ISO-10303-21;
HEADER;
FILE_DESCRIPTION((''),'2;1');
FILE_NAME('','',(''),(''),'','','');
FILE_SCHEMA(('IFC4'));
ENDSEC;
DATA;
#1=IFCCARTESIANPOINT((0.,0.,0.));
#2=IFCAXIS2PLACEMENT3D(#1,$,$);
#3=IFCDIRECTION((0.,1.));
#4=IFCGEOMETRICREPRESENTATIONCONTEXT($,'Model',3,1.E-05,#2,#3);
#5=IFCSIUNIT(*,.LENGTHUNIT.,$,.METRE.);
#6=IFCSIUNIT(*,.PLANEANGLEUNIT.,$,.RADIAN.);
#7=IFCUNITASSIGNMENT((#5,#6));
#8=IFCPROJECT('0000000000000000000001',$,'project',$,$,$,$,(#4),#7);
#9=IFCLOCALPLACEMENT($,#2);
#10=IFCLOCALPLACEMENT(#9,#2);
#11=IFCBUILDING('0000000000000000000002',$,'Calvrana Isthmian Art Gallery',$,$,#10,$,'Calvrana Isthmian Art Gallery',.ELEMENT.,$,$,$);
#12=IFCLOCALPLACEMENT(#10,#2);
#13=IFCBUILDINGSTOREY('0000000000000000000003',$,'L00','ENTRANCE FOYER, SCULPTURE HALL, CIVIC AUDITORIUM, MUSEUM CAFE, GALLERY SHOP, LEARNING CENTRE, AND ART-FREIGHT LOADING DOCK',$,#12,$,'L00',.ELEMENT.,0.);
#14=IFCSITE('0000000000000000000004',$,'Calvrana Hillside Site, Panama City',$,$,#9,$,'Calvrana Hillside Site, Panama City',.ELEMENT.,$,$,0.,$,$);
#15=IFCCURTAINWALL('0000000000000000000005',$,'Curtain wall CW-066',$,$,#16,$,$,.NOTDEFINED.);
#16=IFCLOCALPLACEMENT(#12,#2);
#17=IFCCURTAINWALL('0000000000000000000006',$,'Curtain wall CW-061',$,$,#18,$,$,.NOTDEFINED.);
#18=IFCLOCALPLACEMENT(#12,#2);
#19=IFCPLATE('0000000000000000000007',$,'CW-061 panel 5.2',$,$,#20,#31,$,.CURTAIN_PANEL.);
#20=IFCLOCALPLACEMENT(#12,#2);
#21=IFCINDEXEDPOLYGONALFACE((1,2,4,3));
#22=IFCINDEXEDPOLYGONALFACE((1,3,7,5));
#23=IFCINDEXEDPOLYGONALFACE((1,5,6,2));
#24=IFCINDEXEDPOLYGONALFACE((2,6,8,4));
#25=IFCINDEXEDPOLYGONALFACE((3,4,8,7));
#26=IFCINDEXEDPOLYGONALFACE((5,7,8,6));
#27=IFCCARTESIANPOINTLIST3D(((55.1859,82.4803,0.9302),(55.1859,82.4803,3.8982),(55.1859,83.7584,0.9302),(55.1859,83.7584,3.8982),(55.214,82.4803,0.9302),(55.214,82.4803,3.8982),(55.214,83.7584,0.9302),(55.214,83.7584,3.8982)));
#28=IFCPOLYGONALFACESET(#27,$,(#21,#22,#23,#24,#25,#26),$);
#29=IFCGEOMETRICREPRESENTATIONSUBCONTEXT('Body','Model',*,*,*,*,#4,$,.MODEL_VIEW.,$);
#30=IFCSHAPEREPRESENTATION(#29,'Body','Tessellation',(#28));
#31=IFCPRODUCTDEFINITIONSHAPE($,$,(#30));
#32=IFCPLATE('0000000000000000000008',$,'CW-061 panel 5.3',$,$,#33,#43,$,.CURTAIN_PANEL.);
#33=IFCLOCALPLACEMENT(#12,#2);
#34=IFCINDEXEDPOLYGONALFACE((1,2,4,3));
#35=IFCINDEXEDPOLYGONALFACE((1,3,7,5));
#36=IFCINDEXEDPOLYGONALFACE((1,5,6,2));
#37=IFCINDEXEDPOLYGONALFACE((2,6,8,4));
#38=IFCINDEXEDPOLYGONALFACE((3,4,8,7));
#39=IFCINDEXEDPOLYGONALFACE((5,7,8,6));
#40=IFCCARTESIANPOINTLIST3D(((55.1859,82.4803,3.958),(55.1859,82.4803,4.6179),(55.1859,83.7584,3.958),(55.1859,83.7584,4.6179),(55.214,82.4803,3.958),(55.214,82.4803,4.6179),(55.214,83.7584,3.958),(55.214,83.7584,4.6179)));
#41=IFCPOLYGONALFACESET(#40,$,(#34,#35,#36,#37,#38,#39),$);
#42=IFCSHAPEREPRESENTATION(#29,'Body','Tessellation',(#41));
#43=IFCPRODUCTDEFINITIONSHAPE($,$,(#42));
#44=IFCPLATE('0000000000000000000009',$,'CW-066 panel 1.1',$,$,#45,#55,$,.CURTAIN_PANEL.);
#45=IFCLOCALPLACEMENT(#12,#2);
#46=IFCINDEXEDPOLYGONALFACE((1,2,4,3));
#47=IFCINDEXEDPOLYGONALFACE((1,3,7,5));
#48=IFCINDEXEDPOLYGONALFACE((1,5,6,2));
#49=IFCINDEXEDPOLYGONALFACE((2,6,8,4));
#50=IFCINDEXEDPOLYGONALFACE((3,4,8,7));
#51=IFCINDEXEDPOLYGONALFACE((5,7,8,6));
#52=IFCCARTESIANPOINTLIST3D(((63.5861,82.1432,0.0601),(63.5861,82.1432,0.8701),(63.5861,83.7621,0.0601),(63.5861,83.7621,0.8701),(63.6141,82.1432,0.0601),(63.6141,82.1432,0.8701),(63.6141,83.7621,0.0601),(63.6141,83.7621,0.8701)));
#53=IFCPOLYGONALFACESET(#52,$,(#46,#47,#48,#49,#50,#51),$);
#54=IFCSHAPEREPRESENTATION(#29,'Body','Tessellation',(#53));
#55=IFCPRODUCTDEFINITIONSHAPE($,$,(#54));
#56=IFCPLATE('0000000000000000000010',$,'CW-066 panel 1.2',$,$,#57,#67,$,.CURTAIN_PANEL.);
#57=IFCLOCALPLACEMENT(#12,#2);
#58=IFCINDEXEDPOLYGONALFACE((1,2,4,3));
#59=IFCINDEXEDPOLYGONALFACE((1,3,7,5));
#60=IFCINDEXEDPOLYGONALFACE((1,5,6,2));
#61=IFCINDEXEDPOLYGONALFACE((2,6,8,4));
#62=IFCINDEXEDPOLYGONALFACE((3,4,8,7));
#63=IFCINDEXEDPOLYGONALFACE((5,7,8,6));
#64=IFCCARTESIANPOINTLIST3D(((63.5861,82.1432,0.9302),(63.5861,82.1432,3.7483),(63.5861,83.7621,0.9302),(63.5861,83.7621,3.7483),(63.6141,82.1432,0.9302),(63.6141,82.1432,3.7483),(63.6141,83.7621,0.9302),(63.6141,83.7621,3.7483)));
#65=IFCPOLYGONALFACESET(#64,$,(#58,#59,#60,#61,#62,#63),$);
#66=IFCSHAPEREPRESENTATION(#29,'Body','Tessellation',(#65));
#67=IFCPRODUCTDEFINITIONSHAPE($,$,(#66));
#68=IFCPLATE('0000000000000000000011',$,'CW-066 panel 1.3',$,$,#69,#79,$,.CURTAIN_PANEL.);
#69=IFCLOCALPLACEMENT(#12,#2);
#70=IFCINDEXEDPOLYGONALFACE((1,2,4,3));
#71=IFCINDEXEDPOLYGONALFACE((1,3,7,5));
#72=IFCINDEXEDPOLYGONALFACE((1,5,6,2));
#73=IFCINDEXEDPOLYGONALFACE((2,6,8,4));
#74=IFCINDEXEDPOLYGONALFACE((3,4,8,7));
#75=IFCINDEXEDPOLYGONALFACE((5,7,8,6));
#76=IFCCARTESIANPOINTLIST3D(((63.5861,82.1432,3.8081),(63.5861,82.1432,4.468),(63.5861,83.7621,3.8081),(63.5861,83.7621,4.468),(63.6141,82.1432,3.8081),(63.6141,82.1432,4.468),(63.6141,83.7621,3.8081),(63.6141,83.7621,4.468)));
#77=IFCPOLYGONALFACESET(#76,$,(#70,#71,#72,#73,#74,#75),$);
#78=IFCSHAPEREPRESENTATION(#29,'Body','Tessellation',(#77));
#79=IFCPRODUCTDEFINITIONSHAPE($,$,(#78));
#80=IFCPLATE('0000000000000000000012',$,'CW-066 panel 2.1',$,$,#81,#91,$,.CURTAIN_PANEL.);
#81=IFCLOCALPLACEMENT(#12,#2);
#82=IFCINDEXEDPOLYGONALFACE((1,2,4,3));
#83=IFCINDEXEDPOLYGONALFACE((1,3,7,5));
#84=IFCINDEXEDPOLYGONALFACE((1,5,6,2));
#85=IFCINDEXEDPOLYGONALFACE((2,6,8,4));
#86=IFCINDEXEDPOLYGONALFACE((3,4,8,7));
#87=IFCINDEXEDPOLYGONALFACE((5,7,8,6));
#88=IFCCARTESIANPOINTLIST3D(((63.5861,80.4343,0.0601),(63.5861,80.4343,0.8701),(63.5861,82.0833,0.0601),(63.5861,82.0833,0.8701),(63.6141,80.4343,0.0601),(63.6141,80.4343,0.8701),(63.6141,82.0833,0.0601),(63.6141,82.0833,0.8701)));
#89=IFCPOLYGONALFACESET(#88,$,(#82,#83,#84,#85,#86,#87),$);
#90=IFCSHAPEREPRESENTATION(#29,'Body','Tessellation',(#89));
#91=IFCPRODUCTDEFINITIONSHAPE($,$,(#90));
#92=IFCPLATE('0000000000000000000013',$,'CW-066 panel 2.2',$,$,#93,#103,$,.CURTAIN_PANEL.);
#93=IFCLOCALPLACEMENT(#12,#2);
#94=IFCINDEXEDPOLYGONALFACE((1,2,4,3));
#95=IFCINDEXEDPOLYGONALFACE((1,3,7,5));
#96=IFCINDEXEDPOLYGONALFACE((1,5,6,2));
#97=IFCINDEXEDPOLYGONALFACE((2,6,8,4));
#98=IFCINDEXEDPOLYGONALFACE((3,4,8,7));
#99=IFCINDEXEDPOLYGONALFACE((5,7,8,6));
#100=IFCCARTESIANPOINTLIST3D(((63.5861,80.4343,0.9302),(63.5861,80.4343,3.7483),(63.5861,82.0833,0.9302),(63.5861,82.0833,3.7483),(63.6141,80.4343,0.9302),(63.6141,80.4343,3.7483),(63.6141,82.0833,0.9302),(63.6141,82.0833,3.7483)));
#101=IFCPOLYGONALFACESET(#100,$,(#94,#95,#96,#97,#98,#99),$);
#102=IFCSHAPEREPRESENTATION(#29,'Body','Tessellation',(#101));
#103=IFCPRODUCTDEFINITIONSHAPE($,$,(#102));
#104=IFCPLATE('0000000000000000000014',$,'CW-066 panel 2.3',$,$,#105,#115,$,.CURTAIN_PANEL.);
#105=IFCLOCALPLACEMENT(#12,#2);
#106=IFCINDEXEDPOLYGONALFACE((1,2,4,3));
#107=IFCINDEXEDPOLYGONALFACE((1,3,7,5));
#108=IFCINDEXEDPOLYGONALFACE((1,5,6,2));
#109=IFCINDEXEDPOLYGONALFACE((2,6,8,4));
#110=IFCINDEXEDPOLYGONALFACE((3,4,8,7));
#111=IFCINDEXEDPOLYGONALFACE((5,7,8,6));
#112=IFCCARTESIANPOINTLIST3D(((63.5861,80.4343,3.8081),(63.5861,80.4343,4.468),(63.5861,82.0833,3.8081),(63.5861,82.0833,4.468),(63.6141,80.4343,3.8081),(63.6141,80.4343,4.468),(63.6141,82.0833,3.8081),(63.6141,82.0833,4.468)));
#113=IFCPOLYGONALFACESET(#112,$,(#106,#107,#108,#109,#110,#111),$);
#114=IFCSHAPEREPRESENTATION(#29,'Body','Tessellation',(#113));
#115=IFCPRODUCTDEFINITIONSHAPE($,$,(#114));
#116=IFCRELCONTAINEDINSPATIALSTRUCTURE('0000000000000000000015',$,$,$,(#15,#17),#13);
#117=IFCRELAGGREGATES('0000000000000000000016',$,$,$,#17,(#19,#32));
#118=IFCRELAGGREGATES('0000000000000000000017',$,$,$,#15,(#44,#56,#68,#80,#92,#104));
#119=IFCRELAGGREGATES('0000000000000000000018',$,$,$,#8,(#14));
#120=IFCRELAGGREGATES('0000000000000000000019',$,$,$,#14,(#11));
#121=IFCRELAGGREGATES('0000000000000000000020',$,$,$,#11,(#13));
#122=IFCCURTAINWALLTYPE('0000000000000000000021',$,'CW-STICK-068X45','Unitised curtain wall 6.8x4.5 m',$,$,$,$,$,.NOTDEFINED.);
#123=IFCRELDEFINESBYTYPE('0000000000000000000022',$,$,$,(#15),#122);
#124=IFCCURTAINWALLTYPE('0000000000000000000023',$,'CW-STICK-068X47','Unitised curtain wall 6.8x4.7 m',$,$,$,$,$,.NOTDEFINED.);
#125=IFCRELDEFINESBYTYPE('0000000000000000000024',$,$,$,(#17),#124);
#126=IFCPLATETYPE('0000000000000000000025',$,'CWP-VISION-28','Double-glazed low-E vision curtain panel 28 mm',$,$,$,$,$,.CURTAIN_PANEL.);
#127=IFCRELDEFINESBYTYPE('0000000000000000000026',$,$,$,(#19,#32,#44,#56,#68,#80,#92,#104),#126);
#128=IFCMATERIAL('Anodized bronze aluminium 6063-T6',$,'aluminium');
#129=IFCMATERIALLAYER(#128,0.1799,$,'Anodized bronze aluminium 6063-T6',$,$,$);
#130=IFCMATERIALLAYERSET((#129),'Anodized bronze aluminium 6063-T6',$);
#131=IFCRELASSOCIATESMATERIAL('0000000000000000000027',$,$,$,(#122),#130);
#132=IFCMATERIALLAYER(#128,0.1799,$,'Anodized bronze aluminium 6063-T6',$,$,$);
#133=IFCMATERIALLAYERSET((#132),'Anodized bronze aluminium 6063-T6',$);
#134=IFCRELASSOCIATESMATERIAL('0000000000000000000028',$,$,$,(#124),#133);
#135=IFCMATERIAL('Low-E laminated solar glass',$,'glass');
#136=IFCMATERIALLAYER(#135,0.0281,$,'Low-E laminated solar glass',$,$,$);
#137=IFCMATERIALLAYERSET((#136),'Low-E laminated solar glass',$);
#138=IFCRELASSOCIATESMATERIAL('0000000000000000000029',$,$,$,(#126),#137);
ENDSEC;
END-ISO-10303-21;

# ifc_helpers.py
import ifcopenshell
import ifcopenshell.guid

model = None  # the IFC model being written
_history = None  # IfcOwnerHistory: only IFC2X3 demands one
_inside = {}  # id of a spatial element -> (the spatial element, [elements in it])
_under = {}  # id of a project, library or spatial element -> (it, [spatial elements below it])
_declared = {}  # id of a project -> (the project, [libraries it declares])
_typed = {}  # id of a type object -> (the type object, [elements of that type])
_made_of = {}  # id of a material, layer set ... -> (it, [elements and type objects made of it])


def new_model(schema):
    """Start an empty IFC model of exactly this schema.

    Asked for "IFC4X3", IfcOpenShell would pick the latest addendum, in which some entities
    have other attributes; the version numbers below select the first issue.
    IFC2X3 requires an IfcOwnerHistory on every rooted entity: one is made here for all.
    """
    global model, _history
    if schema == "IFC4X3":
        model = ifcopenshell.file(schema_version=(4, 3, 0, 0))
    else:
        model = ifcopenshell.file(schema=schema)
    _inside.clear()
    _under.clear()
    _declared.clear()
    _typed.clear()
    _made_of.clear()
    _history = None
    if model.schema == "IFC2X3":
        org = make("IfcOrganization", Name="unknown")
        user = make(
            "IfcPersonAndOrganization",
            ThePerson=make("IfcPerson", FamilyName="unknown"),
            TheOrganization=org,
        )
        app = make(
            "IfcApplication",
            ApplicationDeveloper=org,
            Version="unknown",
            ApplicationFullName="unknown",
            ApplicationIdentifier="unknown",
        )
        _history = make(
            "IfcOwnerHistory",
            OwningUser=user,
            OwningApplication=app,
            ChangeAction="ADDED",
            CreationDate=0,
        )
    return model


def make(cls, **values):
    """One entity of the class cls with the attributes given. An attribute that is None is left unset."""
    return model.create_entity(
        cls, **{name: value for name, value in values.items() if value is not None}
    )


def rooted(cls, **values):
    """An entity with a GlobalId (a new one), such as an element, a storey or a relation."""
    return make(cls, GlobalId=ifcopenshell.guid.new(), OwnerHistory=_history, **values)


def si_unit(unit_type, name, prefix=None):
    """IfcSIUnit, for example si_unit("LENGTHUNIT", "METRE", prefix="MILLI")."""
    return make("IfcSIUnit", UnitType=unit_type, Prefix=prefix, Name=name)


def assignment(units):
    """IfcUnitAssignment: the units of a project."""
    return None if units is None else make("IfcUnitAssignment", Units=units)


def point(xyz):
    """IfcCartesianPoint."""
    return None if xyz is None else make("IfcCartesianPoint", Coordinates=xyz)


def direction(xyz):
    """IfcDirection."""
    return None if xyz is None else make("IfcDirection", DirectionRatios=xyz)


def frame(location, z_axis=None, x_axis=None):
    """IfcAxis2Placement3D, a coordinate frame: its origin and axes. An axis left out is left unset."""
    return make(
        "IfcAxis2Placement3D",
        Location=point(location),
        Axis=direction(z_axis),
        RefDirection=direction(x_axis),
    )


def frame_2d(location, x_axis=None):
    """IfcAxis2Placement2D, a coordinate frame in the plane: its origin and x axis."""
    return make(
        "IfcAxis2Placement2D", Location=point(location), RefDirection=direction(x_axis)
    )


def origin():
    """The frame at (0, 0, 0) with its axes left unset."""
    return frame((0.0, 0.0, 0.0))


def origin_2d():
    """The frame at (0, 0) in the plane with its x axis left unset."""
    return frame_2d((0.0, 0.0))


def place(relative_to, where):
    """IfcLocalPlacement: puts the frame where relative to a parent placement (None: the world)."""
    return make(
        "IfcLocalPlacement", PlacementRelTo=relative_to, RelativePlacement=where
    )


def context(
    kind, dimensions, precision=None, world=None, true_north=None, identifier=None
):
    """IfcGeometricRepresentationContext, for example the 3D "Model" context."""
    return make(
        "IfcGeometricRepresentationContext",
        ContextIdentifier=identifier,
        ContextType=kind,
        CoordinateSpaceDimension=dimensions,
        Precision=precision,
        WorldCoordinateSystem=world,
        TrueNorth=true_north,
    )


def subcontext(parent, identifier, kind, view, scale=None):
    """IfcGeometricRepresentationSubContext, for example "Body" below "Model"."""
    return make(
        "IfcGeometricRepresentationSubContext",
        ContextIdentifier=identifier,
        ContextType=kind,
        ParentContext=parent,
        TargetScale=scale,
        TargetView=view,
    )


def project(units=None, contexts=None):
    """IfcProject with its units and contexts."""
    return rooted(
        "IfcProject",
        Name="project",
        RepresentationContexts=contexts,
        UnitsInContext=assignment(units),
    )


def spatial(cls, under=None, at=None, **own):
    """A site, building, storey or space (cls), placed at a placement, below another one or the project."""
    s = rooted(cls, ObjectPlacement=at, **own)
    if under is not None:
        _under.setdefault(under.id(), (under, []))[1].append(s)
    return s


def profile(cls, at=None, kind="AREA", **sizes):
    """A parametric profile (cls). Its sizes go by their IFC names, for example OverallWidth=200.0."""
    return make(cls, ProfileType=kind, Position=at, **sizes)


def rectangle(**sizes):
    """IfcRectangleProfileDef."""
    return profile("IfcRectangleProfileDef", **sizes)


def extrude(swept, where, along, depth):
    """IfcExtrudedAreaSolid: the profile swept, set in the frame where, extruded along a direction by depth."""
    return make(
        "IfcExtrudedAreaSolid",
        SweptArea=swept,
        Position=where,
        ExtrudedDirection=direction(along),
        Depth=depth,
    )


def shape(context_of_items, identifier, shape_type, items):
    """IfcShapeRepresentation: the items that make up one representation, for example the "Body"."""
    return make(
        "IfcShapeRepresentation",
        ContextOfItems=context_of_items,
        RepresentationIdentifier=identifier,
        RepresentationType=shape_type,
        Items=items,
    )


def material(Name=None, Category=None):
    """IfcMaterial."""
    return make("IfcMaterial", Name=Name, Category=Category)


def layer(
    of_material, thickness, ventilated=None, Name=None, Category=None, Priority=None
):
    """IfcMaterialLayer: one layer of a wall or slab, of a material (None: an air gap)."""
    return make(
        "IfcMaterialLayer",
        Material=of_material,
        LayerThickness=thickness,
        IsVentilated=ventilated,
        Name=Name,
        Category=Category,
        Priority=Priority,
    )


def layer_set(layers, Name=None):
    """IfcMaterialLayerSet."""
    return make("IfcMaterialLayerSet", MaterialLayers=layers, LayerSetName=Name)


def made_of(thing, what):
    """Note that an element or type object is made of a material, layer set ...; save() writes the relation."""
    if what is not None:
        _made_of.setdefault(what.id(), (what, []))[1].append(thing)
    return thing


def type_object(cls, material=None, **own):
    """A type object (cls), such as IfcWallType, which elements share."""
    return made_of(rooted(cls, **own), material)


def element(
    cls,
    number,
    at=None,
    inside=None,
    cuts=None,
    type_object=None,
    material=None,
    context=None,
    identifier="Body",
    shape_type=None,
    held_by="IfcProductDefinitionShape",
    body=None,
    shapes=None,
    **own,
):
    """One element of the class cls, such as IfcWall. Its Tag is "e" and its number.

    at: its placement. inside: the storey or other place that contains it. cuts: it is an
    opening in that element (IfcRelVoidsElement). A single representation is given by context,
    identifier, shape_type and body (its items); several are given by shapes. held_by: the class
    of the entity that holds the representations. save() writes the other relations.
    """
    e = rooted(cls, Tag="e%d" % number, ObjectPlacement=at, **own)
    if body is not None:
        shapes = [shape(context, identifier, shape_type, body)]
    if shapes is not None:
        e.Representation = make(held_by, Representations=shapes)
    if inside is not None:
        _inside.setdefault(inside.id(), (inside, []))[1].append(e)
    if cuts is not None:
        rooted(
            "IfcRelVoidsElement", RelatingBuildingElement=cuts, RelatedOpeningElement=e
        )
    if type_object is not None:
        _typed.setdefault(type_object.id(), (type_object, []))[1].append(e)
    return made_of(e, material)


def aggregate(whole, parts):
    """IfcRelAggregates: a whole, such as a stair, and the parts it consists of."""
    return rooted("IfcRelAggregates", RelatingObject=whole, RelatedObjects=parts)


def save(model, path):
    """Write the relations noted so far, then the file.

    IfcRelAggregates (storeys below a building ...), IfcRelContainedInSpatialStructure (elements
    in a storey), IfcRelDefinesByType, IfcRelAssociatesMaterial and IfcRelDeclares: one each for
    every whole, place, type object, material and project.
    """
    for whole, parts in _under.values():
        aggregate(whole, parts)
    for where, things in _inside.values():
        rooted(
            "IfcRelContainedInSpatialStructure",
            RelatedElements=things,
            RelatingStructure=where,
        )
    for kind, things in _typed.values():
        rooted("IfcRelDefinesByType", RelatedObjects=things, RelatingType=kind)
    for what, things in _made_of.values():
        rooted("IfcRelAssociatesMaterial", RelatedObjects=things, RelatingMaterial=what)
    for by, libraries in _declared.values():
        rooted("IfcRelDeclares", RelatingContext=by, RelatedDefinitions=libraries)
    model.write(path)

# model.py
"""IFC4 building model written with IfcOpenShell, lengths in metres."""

from ifc_helpers import new_model, si_unit, direction, frame, origin, origin_2d, place, context, subcontext, project, spatial, rectangle, extrude, material, layer, layer_set, type_object, element, aggregate, save


model = new_model("IFC4")

# Units and contexts
model_context = context("Model", 3, precision=1e-05, world=origin(), true_north=direction((0.0, 1.0)))
body_context = subcontext(model_context, "Body", "Model", "MODEL_VIEW")
ifc_project = project(units=[si_unit("LENGTHUNIT", "METRE"), si_unit("PLANEANGLEUNIT", "RADIAN")], contexts=[model_context])

# Site, building, storey
site_placement = place(None, origin())
site = spatial("IfcSite", under=ifc_project, at=site_placement, Name="Calvrana Hillside Site, Panama City", LongName="Calvrana Hillside Site, Panama City", CompositionType="ELEMENT", RefElevation=0.0)
building_placement = place(site_placement, origin())
building = spatial("IfcBuilding", under=site, at=building_placement, Name="Calvrana Isthmian Art Gallery", LongName="Calvrana Isthmian Art Gallery", CompositionType="ELEMENT")
storey_placement = place(building_placement, origin())
storey = spatial("IfcBuildingStorey", under=building, at=storey_placement, Name="L00", Description="ENTRANCE FOYER, SCULPTURE HALL, CIVIC AUDITORIUM, MUSEUM CAFE, GALLERY SHOP, LEARNING CENTRE, AND ART-FREIGHT LOADING DOCK", LongName="L00", CompositionType="ELEMENT", Elevation=0.0)

# Curtain walls
ifc_material_1 = material(Name="Anodized bronze aluminium 6063-T6", Category="aluminium")
ifc_layer_1 = layer(ifc_material_1, 0.1799, Name="Anodized bronze aluminium 6063-T6")
ifc_layer_set_1 = layer_set([ifc_layer_1], Name="Anodized bronze aluminium 6063-T6")
curtain_wall_type_1 = type_object("IfcCurtainWallType", Name="CW-STICK-068X45", Description="Unitised curtain wall 6.8x4.5 m", PredefinedType="NOTDEFINED", material=ifc_layer_set_1)
curtain_wall_1_placement = place(storey_placement, origin())
curtain_wall_1 = element("IfcCurtainWall", 1, at=curtain_wall_1_placement, inside=storey, type_object=curtain_wall_type_1, Name="Curtain wall CW-066", PredefinedType="NOTDEFINED")
ifc_layer_2 = layer(ifc_material_1, 0.1799, Name="Anodized bronze aluminium 6063-T6")
ifc_layer_set_2 = layer_set([ifc_layer_2], Name="Anodized bronze aluminium 6063-T6")
curtain_wall_type_2 = type_object("IfcCurtainWallType", Name="CW-STICK-068X47", Description="Unitised curtain wall 6.8x4.7 m", PredefinedType="NOTDEFINED", material=ifc_layer_set_2)
curtain_wall_2_placement = place(storey_placement, origin())
curtain_wall_2 = element("IfcCurtainWall", 2, at=curtain_wall_2_placement, inside=storey, type_object=curtain_wall_type_2, Name="Curtain wall CW-061", PredefinedType="NOTDEFINED")

# Plates
ifc_material_2 = material(Name="Low-E laminated solar glass", Category="glass")
ifc_layer_3 = layer(ifc_material_2, 0.0281, Name="Low-E laminated solar glass")
ifc_layer_set_3 = layer_set([ifc_layer_3], Name="Low-E laminated solar glass")
plate_type = type_object("IfcPlateType", Name="CWP-VISION-28", Description="Double-glazed low-E vision curtain panel 28 mm", PredefinedType="CURTAIN_PANEL", material=ifc_layer_set_3)
plate_1_placement = place(storey_placement, frame((55.2, 83.1194, 0.9302), z_axis=(0.0, 0.0, 1.0), x_axis=(0.0, 1.0, 0.0)))
plate_1 = element("IfcPlate", 3, at=plate_1_placement, type_object=plate_type, Name="CW-061 panel 5.2", PredefinedType="CURTAIN_PANEL", context=body_context, shape_type="SweptSolid", body=[
    extrude(rectangle(XDim=1.2781, YDim=0.0281, at=origin_2d()), origin(), (0.0, 0.0, 1.0), 2.968),
])
plate_2_placement = place(storey_placement, frame((55.2, 83.1194, 3.958), z_axis=(0.0, 0.0, 1.0), x_axis=(0.0, 1.0, 0.0)))
plate_2 = element("IfcPlate", 4, at=plate_2_placement, type_object=plate_type, Name="CW-061 panel 5.3", PredefinedType="CURTAIN_PANEL", context=body_context, shape_type="SweptSolid", body=[
    extrude(rectangle(XDim=1.2781, YDim=0.0281, at=origin_2d()), origin(), (0.0, 0.0, 1.0), 0.6599),
])
aggregate(curtain_wall_2, [plate_1, plate_2])
plate_3_placement = place(storey_placement, frame((63.6001, 82.9526, 0.0601), z_axis=(0.0, 0.0, 1.0), x_axis=(0.0, -1.0, 0.0)))
plate_3 = element("IfcPlate", 5, at=plate_3_placement, type_object=plate_type, Name="CW-066 panel 1.1", PredefinedType="CURTAIN_PANEL", context=body_context, shape_type="SweptSolid", body=[
    extrude(rectangle(XDim=1.6189, YDim=0.0281, at=origin_2d()), origin(), (0.0, 0.0, 1.0), 0.8101),
])
plate_4_placement = place(storey_placement, frame((63.6001, 82.9526, 0.9302), z_axis=(0.0, 0.0, 1.0), x_axis=(0.0, -1.0, 0.0)))
plate_4 = element("IfcPlate", 6, at=plate_4_placement, type_object=plate_type, Name="CW-066 panel 1.2", PredefinedType="CURTAIN_PANEL", context=body_context, shape_type="SweptSolid", body=[
    extrude(rectangle(XDim=1.6189, YDim=0.0281, at=origin_2d()), origin(), (0.0, 0.0, 1.0), 2.8181),
])
plate_5_placement = place(storey_placement, frame((63.6001, 82.9526, 3.8081), z_axis=(0.0, 0.0, 1.0), x_axis=(0.0, -1.0, 0.0)))
plate_5 = element("IfcPlate", 7, at=plate_5_placement, type_object=plate_type, Name="CW-066 panel 1.3", PredefinedType="CURTAIN_PANEL", context=body_context, shape_type="SweptSolid", body=[
    extrude(rectangle(XDim=1.6189, YDim=0.0281, at=origin_2d()), origin(), (0.0, 0.0, 1.0), 0.6599),
])
plate_6_placement = place(storey_placement, frame((63.6001, 81.2588, 0.0601), z_axis=(0.0, 0.0, 1.0), x_axis=(0.0, -1.0, 0.0)))
plate_6 = element("IfcPlate", 8, at=plate_6_placement, type_object=plate_type, Name="CW-066 panel 2.1", PredefinedType="CURTAIN_PANEL", context=body_context, shape_type="SweptSolid", body=[
    extrude(rectangle(XDim=1.6489, YDim=0.0281, at=origin_2d()), origin(), (0.0, 0.0, 1.0), 0.8101),
])
plate_7_placement = place(storey_placement, frame((63.6001, 81.2588, 0.9302), z_axis=(0.0, 0.0, 1.0), x_axis=(0.0, -1.0, 0.0)))
plate_7 = element("IfcPlate", 9, at=plate_7_placement, type_object=plate_type, Name="CW-066 panel 2.2", PredefinedType="CURTAIN_PANEL", context=body_context, shape_type="SweptSolid", body=[
    extrude(rectangle(XDim=1.6489, YDim=0.0281, at=origin_2d()), origin(), (0.0, 0.0, 1.0), 2.8181),
])
plate_8_placement = place(storey_placement, frame((63.6001, 81.2588, 3.8081), z_axis=(0.0, 0.0, 1.0), x_axis=(0.0, -1.0, 0.0)))
plate_8 = element("IfcPlate", 10, at=plate_8_placement, type_object=plate_type, Name="CW-066 panel 2.3", PredefinedType="CURTAIN_PANEL", context=body_context, shape_type="SweptSolid", body=[
    extrude(rectangle(XDim=1.6489, YDim=0.0281, at=origin_2d()), origin(), (0.0, 0.0, 1.0), 0.6599),
])
aggregate(curtain_wall_1, [plate_3, plate_4, plate_5, plate_6, plate_7, plate_8])

save(model, "model.ifc")
